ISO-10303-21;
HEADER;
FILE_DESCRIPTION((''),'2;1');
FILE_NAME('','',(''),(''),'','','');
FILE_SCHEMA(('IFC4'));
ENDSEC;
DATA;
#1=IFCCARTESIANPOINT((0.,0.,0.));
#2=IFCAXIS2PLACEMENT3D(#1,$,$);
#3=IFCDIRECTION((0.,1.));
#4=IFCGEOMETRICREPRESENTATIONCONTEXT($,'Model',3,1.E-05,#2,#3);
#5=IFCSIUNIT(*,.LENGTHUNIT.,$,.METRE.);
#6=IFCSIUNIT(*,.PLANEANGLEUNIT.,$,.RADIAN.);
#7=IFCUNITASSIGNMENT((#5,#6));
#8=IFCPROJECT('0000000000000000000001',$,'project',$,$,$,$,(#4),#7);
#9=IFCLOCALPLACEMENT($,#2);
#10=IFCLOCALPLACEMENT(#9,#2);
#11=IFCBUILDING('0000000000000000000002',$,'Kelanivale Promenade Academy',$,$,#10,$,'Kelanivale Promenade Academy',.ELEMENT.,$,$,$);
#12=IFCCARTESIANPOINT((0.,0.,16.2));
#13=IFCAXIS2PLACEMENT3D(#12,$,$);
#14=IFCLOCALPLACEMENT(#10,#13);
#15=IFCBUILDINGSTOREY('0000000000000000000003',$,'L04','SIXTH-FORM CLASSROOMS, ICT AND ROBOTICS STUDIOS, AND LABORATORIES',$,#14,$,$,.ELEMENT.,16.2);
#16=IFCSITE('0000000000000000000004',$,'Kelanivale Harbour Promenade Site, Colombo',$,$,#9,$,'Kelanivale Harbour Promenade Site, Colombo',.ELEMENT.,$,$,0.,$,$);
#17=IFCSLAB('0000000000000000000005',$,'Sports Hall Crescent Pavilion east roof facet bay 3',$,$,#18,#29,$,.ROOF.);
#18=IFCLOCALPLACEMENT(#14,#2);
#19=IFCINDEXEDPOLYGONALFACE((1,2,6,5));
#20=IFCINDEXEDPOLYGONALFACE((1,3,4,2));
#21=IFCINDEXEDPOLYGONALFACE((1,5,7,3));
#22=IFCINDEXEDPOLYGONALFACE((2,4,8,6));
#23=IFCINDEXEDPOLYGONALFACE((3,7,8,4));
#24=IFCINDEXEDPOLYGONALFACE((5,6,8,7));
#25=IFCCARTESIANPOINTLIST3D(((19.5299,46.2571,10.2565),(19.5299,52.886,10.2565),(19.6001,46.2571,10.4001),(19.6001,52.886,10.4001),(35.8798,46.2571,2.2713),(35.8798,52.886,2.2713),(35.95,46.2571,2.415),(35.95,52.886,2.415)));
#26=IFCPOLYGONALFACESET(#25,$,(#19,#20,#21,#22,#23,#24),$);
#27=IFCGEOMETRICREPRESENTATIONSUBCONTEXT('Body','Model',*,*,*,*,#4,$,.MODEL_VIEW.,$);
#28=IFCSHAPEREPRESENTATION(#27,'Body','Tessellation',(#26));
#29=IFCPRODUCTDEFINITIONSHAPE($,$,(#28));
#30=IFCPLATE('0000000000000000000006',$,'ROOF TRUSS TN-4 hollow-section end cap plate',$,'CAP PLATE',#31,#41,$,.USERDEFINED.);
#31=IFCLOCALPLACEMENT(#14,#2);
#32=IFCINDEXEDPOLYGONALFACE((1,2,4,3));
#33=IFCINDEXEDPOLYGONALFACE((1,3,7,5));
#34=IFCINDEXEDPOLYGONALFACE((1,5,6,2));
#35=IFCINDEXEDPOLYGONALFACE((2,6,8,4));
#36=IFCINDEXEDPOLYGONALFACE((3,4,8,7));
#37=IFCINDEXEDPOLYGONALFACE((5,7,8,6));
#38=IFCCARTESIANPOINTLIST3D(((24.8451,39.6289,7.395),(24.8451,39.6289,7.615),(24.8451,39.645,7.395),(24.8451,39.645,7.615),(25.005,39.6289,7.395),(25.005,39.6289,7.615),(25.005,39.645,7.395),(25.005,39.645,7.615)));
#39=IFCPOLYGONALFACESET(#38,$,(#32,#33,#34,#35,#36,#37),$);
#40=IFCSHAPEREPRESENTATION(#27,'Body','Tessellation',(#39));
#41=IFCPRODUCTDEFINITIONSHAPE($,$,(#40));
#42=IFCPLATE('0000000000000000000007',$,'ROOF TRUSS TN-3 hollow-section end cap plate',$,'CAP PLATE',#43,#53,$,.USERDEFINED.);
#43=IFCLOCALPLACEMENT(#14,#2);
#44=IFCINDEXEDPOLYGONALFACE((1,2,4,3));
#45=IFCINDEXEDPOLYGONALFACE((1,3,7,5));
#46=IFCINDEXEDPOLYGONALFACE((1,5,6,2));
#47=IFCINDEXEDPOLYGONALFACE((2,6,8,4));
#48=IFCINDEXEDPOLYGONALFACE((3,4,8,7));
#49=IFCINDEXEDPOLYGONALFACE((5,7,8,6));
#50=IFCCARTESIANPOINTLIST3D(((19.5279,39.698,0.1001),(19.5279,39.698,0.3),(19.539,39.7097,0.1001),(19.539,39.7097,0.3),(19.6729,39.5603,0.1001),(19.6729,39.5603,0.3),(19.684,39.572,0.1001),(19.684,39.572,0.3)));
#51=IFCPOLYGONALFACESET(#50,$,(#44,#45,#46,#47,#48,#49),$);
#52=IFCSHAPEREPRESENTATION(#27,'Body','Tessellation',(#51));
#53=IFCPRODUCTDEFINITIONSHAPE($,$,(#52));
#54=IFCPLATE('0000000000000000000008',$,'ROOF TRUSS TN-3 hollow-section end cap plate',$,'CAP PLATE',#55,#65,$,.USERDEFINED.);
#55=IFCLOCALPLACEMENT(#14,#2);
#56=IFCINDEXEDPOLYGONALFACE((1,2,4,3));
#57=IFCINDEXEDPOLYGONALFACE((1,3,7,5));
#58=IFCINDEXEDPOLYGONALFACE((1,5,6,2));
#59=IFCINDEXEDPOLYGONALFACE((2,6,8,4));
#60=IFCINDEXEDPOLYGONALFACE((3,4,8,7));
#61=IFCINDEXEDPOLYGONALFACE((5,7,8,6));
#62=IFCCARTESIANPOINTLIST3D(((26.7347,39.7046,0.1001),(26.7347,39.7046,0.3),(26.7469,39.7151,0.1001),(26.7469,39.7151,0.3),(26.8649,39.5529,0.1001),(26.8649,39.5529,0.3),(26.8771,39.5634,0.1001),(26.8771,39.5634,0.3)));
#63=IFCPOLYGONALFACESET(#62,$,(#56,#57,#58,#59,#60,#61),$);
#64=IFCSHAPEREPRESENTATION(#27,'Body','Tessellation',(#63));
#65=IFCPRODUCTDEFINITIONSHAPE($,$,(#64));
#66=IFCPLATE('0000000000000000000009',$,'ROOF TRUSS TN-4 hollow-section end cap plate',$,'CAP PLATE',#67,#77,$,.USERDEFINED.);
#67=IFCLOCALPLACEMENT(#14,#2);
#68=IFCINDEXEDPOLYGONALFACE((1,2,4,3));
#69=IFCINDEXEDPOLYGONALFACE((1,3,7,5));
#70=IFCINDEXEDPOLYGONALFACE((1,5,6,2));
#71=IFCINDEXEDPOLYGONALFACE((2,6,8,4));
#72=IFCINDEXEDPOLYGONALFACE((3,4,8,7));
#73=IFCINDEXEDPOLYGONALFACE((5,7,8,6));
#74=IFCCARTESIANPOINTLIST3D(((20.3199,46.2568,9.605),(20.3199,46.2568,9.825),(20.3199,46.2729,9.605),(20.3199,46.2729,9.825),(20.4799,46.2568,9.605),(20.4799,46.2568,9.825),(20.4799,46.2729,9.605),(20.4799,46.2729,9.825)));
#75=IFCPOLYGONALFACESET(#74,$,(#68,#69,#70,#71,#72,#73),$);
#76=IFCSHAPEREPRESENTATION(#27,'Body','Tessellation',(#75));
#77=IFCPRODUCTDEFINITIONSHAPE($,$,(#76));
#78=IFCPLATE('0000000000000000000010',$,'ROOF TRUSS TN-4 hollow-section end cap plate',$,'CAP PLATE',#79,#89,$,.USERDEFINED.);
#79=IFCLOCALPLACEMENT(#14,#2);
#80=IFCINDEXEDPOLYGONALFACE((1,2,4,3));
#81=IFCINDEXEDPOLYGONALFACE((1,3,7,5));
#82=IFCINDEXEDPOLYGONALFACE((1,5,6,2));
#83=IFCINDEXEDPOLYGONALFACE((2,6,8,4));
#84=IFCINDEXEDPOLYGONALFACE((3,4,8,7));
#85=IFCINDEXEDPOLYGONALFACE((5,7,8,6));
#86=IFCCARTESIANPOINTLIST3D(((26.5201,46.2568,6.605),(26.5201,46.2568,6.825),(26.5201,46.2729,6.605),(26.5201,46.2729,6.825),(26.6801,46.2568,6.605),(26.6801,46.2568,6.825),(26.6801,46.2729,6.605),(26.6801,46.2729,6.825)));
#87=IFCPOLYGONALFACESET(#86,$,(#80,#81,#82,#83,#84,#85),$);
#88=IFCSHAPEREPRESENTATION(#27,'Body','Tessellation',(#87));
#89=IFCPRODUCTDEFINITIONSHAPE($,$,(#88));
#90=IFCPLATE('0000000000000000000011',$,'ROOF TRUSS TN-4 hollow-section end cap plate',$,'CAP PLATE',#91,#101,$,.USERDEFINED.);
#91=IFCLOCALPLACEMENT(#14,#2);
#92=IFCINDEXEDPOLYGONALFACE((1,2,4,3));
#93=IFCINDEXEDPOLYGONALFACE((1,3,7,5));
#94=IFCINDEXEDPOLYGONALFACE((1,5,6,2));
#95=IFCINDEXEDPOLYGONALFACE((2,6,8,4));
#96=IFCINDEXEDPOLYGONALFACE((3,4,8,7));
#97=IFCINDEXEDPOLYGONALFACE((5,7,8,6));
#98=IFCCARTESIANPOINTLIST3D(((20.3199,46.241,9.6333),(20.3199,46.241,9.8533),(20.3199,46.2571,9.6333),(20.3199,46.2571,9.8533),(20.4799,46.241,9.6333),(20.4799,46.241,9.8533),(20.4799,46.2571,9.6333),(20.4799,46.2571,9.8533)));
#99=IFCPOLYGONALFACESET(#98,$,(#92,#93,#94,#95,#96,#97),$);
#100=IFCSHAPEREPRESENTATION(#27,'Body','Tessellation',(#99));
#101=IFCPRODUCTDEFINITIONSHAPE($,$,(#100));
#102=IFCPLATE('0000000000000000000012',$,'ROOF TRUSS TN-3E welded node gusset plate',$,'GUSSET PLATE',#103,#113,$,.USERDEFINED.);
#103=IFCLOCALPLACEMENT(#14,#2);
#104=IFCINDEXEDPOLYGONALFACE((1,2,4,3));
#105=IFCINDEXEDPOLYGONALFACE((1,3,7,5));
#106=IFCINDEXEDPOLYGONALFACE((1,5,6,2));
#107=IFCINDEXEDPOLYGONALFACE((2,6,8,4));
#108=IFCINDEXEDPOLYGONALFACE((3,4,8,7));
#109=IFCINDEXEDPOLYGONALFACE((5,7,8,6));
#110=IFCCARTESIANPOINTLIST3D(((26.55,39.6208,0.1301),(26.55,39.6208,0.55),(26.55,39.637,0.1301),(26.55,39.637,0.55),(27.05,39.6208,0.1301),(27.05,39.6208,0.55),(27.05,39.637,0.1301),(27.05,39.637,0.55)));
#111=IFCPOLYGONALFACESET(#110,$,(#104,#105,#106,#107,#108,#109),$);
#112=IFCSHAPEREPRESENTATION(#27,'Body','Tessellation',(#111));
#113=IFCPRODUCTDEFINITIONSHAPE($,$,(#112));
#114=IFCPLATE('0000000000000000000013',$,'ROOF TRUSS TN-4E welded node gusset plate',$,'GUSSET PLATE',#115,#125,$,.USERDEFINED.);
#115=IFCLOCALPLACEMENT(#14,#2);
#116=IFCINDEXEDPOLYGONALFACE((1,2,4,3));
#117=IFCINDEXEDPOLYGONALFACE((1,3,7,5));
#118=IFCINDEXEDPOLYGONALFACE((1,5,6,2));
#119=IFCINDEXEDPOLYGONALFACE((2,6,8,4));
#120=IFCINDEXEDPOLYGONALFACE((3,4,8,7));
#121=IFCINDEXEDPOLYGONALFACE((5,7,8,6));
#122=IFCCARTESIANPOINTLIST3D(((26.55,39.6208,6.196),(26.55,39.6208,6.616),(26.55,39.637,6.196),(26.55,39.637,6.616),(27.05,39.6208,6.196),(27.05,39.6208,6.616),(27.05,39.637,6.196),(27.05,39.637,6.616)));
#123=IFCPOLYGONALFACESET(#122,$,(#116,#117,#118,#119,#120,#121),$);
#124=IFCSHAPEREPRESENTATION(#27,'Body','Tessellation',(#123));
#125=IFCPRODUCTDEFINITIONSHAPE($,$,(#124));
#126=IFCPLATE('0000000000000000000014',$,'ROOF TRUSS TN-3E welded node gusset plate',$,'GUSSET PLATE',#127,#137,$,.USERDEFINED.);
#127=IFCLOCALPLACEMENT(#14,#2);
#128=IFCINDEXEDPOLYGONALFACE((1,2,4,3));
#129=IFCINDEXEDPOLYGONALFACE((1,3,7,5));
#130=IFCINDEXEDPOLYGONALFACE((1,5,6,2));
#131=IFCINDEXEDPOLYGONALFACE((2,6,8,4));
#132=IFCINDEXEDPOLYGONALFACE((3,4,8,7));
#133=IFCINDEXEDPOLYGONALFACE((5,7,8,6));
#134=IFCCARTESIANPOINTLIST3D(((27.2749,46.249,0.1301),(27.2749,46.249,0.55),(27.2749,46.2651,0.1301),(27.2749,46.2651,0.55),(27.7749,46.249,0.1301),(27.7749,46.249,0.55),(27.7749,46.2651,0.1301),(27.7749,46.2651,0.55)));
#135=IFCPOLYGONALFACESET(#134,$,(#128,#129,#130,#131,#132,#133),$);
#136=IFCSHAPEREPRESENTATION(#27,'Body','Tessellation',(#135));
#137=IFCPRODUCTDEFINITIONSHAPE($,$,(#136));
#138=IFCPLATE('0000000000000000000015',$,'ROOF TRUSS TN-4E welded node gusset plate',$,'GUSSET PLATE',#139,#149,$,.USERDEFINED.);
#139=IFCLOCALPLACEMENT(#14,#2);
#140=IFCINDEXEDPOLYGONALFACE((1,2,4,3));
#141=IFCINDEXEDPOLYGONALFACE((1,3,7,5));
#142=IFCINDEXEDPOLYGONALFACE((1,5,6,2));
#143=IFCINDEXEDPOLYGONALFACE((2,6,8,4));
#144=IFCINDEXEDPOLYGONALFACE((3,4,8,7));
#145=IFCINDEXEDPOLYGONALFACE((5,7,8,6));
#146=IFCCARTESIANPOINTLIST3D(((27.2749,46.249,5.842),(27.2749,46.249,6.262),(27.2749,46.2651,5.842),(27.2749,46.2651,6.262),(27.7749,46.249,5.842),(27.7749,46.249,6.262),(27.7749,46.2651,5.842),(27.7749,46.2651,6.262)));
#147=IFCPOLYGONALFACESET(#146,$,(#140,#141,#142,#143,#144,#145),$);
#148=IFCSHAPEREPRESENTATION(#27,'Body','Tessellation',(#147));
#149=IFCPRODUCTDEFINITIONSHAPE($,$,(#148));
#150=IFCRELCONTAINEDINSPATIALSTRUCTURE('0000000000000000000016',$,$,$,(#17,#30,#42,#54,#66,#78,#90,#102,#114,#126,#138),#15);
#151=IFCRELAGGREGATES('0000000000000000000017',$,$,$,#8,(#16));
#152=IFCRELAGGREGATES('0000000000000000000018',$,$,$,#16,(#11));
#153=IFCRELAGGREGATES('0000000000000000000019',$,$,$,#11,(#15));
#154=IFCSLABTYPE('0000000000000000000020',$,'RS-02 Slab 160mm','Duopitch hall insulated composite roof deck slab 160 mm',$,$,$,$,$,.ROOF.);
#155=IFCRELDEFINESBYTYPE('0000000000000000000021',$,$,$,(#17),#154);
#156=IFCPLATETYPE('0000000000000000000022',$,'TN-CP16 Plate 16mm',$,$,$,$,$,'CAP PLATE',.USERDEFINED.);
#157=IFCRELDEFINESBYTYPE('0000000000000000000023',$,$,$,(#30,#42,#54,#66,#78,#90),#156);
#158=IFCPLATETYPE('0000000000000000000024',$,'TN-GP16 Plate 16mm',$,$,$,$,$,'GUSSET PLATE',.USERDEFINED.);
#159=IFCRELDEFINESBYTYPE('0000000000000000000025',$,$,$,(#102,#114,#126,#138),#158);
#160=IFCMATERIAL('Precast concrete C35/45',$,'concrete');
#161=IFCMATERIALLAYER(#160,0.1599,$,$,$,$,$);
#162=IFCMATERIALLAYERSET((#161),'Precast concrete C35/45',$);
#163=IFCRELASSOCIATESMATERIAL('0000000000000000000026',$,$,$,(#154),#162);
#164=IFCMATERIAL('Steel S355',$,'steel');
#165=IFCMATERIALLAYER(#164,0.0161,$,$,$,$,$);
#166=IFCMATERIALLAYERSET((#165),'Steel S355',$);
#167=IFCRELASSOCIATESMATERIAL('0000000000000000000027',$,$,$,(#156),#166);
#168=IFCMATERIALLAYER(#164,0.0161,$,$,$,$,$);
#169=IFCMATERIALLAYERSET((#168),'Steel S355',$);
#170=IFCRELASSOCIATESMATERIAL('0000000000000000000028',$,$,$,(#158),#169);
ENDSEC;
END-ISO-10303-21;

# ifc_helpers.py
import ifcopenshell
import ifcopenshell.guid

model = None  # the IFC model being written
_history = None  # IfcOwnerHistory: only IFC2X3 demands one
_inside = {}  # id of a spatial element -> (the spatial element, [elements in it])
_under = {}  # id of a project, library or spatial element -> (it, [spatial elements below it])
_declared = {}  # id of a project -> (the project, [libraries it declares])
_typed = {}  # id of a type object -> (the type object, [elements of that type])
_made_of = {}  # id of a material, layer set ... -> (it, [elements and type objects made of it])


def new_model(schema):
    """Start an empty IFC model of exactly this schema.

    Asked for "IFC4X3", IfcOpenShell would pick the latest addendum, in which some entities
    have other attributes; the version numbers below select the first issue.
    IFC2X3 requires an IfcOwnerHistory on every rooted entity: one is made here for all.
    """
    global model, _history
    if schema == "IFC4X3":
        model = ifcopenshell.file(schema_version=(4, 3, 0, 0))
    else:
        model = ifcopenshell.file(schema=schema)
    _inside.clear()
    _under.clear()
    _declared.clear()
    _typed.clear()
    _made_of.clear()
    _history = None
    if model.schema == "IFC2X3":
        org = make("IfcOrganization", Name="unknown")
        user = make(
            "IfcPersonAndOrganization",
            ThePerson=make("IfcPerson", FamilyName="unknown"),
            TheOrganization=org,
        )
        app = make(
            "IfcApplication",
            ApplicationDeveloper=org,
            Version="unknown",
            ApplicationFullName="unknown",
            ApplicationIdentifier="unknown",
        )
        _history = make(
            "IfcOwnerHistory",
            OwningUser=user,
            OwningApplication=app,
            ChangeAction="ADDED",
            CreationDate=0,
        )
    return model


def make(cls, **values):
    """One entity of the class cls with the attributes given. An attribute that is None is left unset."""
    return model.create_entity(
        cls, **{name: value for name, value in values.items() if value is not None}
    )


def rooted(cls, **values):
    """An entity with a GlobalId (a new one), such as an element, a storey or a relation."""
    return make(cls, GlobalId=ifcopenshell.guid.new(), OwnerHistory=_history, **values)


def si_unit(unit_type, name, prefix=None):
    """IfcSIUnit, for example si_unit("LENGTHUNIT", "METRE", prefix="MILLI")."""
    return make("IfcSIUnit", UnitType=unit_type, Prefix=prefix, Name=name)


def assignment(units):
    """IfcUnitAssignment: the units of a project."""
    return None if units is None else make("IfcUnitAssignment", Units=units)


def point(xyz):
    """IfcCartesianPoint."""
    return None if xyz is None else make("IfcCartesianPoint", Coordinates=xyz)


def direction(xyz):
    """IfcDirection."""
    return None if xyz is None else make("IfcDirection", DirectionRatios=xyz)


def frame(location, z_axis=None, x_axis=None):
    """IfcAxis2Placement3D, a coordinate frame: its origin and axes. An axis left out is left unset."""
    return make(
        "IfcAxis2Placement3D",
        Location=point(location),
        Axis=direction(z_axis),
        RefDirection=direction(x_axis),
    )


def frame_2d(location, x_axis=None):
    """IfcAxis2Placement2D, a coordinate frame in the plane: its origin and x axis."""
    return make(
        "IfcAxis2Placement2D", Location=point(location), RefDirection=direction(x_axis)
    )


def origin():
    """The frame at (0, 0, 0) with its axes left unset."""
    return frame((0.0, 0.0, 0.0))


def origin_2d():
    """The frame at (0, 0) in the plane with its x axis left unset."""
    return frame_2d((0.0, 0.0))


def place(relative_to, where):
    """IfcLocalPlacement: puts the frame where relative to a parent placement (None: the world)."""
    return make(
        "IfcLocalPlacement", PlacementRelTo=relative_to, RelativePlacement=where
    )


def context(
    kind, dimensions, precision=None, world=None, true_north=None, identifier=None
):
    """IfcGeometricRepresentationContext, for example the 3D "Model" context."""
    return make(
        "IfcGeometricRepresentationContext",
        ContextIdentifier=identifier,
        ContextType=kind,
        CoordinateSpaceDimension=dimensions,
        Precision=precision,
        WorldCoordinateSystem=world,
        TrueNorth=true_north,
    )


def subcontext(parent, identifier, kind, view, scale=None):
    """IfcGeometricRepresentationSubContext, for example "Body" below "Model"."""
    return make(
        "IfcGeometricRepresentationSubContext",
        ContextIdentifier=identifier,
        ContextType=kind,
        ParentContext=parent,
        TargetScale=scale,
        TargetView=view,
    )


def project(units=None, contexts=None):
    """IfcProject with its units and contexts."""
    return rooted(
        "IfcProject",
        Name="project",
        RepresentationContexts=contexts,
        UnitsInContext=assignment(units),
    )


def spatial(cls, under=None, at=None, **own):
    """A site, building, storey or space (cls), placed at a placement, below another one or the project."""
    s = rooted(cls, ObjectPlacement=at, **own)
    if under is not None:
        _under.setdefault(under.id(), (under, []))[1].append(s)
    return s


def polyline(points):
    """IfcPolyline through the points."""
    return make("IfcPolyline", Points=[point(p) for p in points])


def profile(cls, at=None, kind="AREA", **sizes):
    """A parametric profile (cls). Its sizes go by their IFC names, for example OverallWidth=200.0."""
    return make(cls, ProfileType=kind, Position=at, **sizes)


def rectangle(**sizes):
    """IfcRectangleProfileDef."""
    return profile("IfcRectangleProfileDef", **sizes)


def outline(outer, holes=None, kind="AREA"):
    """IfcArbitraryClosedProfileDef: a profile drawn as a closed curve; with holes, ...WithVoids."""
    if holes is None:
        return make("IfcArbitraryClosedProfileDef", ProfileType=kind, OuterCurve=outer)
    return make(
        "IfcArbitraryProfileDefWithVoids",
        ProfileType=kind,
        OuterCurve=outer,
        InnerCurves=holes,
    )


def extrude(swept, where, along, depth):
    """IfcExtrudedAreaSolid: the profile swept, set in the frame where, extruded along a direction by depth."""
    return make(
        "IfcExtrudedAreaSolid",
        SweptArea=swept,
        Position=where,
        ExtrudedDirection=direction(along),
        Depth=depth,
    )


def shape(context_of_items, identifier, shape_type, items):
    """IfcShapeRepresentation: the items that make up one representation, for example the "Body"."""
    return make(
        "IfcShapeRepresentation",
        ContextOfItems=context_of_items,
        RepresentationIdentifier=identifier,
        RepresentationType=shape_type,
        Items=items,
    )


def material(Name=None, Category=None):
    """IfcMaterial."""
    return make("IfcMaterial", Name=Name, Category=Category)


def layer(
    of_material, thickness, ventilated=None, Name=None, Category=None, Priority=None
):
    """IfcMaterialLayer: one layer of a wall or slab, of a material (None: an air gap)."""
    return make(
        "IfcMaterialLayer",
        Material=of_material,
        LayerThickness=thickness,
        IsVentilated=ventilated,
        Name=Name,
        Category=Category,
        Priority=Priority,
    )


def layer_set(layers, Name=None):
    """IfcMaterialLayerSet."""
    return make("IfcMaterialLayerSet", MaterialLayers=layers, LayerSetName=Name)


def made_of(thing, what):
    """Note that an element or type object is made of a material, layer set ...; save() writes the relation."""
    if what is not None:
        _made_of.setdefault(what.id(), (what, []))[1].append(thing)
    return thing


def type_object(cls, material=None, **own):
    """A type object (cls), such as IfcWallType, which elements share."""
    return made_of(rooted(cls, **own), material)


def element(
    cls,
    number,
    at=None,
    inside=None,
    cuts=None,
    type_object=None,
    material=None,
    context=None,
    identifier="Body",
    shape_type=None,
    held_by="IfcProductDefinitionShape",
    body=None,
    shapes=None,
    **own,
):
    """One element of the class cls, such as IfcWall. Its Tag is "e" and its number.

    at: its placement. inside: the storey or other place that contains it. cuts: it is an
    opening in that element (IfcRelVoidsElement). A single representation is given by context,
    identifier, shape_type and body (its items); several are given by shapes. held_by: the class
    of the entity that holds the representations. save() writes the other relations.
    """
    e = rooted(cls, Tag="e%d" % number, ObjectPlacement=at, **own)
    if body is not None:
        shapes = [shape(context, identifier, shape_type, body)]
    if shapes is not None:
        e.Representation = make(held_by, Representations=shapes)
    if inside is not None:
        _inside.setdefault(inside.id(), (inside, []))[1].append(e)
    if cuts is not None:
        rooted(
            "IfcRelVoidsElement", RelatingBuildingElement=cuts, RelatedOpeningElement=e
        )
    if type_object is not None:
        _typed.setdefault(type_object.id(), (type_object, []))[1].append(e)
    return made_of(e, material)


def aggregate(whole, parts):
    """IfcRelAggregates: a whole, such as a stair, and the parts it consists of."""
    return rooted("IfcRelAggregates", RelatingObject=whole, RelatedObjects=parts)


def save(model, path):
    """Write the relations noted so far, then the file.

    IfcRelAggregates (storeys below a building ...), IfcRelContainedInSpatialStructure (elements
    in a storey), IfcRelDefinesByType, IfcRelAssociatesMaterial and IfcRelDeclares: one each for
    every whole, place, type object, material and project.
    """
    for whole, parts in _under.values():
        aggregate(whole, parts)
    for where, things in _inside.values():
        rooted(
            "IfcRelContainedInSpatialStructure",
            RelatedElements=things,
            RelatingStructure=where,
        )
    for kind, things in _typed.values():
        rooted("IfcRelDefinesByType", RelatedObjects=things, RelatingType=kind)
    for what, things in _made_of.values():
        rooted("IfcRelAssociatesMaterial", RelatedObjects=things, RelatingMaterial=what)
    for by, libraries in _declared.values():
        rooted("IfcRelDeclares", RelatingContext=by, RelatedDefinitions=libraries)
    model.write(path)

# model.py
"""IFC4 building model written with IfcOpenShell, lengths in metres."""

from ifc_helpers import new_model, si_unit, direction, frame, origin, origin_2d, place, context, subcontext, project, spatial, polyline, rectangle, outline, extrude, material, layer, layer_set, type_object, element, save


model = new_model("IFC4")

# Units and contexts
model_context = context("Model", 3, precision=1e-05, world=origin(), true_north=direction((0.0, 1.0)))
body_context = subcontext(model_context, "Body", "Model", "MODEL_VIEW")
ifc_project = project(units=[si_unit("LENGTHUNIT", "METRE"), si_unit("PLANEANGLEUNIT", "RADIAN")], contexts=[model_context])

# Site, building, storey
site_placement = place(None, origin())
site = spatial("IfcSite", under=ifc_project, at=site_placement, Name="Kelanivale Harbour Promenade Site, Colombo", LongName="Kelanivale Harbour Promenade Site, Colombo", CompositionType="ELEMENT", RefElevation=0.0)
building_placement = place(site_placement, origin())
building = spatial("IfcBuilding", under=site, at=building_placement, Name="Kelanivale Promenade Academy", LongName="Kelanivale Promenade Academy", CompositionType="ELEMENT")
storey_placement = place(building_placement, frame((0.0, 0.0, 16.2)))
storey = spatial("IfcBuildingStorey", under=building, at=storey_placement, Name="L04", Description="SIXTH-FORM CLASSROOMS, ICT AND ROBOTICS STUDIOS, AND LABORATORIES", CompositionType="ELEMENT", Elevation=16.2)

# Shared definitions
ifc_material_1 = material(Name="Steel S355", Category="steel")

# Slab
ifc_material_2 = material(Name="Precast concrete C35/45", Category="concrete")
ifc_layer_1 = layer(ifc_material_2, 0.1599)
ifc_layer_set_1 = layer_set([ifc_layer_1], Name="Precast concrete C35/45")
slab_type = type_object("IfcSlabType", Name="RS-02 Slab 160mm", Description="Duopitch hall insulated composite roof deck slab 160 mm", PredefinedType="ROOF", material=ifc_layer_set_1)
slab_placement = place(storey_placement, frame((19.6001, 46.2571, 10.4001), z_axis=(0.438848, 0.0, 0.898561), x_axis=(0.898561, 0.0, -0.438848)))
element("IfcSlab", 1, at=slab_placement, inside=storey, type_object=slab_type, Name="Sports Hall Crescent Pavilion east roof facet bay 3", PredefinedType="ROOF", context=body_context, shape_type="SweptSolid", body=[
    extrude(outline(polyline([(0.0, 0.0), (18.1956, 0.0), (18.1956, 6.6289), (0.0, 6.6289), (0.0, 0.0)])), origin(), (0.0, 0.0, -1.0), 0.1599),
])

# Plates
ifc_layer_2 = layer(ifc_material_1, 0.0161)
ifc_layer_set_2 = layer_set([ifc_layer_2], Name="Steel S355")
plate_type_1 = type_object("IfcPlateType", Name="TN-CP16 Plate 16mm", ElementType="CAP PLATE", PredefinedType="USERDEFINED", material=ifc_layer_set_2)
plate_placement = place(storey_placement, frame((24.925, 39.637, 7.395), z_axis=(0.0, 0.0, 1.0), x_axis=(0.0, 1.0, 0.0)))
element("IfcPlate", 2, at=plate_placement, inside=storey, type_object=plate_type_1, Name="ROOF TRUSS TN-4 hollow-section end cap plate", ObjectType="CAP PLATE", PredefinedType="USERDEFINED", context=body_context, shape_type="SweptSolid", body=[
    extrude(rectangle(XDim=0.0161, YDim=0.1599, at=origin_2d()), origin(), (0.0, 0.0, 1.0), 0.22),
])
for number, where, z_axis, x_axis, name in (
    (3, (19.606, 39.635, 0.1001), (0.0, 0.0, 1.0), (0.688734, 0.725014, 0.0), "ROOF TRUSS TN-3 hollow-section end cap plate"),
    (4, (26.8059, 39.634, 0.1001), (0.0, 0.0, 1.0), (0.758817, 0.651304, 0.0), "ROOF TRUSS TN-3 hollow-section end cap plate"),
):
    element("IfcPlate", number, at=place(storey_placement, frame(where, z_axis=z_axis, x_axis=x_axis)), inside=storey, type_object=plate_type_1, Name=name, ObjectType="CAP PLATE", PredefinedType="USERDEFINED", context=body_context, shape_type="SweptSolid", body=[
        extrude(rectangle(XDim=0.0161, YDim=0.2, at=origin_2d()), origin(), (0.0, 0.0, 1.0), 0.2),
    ])
for number, where, z_axis, x_axis, name in (
    (5, (20.3999, 46.2649, 9.605), (0.0, 0.0, 1.0), (0.0, 1.0, 0.0), "ROOF TRUSS TN-4 hollow-section end cap plate"),
    (6, (26.6001, 46.2649, 6.605), (0.0, 0.0, 1.0), (0.0, 1.0, 0.0), "ROOF TRUSS TN-4 hollow-section end cap plate"),
    (7, (20.3999, 46.249, 9.6333), (0.0, 0.0, 1.0), (0.0, -1.0, 0.0), "ROOF TRUSS TN-4 hollow-section end cap plate"),
):
    element("IfcPlate", number, at=place(storey_placement, frame(where, z_axis=z_axis, x_axis=x_axis)), inside=storey, type_object=plate_type_1, Name=name, ObjectType="CAP PLATE", PredefinedType="USERDEFINED", context=body_context, shape_type="SweptSolid", body=[
        extrude(rectangle(XDim=0.0161, YDim=0.1599, at=origin_2d()), origin(), (0.0, 0.0, 1.0), 0.22),
    ])
ifc_layer_3 = layer(ifc_material_1, 0.0161)
ifc_layer_set_3 = layer_set([ifc_layer_3], Name="Steel S355")
plate_type_2 = type_object("IfcPlateType", Name="TN-GP16 Plate 16mm", ElementType="GUSSET PLATE", PredefinedType="USERDEFINED", material=ifc_layer_set_3)
for number, where, z_axis, x_axis, name in (
    (8, (26.8, 39.6289, 0.1301), (0.0, 0.0, 1.0), (1.0, 0.0, 0.0), "ROOF TRUSS TN-3E welded node gusset plate"),
    (9, (26.8, 39.6289, 6.196), (0.0, 0.0, 1.0), (1.0, 0.0, 0.0), "ROOF TRUSS TN-4E welded node gusset plate"),
    (10, (27.5249, 46.2571, 0.1301), (0.0, 0.0, 1.0), (1.0, 0.0, 0.0), "ROOF TRUSS TN-3E welded node gusset plate"),
    (11, (27.5249, 46.2571, 5.842), (0.0, 0.0, 1.0), (1.0, 0.0, 0.0), "ROOF TRUSS TN-4E welded node gusset plate"),
):
    element("IfcPlate", number, at=place(storey_placement, frame(where, z_axis=z_axis, x_axis=x_axis)), inside=storey, type_object=plate_type_2, Name=name, ObjectType="GUSSET PLATE", PredefinedType="USERDEFINED", context=body_context, shape_type="SweptSolid", body=[
        extrude(rectangle(XDim=0.5, YDim=0.0161, at=origin_2d()), origin(), (0.0, 0.0, 1.0), 0.4199),
    ])

save(model, "model.ifc")
